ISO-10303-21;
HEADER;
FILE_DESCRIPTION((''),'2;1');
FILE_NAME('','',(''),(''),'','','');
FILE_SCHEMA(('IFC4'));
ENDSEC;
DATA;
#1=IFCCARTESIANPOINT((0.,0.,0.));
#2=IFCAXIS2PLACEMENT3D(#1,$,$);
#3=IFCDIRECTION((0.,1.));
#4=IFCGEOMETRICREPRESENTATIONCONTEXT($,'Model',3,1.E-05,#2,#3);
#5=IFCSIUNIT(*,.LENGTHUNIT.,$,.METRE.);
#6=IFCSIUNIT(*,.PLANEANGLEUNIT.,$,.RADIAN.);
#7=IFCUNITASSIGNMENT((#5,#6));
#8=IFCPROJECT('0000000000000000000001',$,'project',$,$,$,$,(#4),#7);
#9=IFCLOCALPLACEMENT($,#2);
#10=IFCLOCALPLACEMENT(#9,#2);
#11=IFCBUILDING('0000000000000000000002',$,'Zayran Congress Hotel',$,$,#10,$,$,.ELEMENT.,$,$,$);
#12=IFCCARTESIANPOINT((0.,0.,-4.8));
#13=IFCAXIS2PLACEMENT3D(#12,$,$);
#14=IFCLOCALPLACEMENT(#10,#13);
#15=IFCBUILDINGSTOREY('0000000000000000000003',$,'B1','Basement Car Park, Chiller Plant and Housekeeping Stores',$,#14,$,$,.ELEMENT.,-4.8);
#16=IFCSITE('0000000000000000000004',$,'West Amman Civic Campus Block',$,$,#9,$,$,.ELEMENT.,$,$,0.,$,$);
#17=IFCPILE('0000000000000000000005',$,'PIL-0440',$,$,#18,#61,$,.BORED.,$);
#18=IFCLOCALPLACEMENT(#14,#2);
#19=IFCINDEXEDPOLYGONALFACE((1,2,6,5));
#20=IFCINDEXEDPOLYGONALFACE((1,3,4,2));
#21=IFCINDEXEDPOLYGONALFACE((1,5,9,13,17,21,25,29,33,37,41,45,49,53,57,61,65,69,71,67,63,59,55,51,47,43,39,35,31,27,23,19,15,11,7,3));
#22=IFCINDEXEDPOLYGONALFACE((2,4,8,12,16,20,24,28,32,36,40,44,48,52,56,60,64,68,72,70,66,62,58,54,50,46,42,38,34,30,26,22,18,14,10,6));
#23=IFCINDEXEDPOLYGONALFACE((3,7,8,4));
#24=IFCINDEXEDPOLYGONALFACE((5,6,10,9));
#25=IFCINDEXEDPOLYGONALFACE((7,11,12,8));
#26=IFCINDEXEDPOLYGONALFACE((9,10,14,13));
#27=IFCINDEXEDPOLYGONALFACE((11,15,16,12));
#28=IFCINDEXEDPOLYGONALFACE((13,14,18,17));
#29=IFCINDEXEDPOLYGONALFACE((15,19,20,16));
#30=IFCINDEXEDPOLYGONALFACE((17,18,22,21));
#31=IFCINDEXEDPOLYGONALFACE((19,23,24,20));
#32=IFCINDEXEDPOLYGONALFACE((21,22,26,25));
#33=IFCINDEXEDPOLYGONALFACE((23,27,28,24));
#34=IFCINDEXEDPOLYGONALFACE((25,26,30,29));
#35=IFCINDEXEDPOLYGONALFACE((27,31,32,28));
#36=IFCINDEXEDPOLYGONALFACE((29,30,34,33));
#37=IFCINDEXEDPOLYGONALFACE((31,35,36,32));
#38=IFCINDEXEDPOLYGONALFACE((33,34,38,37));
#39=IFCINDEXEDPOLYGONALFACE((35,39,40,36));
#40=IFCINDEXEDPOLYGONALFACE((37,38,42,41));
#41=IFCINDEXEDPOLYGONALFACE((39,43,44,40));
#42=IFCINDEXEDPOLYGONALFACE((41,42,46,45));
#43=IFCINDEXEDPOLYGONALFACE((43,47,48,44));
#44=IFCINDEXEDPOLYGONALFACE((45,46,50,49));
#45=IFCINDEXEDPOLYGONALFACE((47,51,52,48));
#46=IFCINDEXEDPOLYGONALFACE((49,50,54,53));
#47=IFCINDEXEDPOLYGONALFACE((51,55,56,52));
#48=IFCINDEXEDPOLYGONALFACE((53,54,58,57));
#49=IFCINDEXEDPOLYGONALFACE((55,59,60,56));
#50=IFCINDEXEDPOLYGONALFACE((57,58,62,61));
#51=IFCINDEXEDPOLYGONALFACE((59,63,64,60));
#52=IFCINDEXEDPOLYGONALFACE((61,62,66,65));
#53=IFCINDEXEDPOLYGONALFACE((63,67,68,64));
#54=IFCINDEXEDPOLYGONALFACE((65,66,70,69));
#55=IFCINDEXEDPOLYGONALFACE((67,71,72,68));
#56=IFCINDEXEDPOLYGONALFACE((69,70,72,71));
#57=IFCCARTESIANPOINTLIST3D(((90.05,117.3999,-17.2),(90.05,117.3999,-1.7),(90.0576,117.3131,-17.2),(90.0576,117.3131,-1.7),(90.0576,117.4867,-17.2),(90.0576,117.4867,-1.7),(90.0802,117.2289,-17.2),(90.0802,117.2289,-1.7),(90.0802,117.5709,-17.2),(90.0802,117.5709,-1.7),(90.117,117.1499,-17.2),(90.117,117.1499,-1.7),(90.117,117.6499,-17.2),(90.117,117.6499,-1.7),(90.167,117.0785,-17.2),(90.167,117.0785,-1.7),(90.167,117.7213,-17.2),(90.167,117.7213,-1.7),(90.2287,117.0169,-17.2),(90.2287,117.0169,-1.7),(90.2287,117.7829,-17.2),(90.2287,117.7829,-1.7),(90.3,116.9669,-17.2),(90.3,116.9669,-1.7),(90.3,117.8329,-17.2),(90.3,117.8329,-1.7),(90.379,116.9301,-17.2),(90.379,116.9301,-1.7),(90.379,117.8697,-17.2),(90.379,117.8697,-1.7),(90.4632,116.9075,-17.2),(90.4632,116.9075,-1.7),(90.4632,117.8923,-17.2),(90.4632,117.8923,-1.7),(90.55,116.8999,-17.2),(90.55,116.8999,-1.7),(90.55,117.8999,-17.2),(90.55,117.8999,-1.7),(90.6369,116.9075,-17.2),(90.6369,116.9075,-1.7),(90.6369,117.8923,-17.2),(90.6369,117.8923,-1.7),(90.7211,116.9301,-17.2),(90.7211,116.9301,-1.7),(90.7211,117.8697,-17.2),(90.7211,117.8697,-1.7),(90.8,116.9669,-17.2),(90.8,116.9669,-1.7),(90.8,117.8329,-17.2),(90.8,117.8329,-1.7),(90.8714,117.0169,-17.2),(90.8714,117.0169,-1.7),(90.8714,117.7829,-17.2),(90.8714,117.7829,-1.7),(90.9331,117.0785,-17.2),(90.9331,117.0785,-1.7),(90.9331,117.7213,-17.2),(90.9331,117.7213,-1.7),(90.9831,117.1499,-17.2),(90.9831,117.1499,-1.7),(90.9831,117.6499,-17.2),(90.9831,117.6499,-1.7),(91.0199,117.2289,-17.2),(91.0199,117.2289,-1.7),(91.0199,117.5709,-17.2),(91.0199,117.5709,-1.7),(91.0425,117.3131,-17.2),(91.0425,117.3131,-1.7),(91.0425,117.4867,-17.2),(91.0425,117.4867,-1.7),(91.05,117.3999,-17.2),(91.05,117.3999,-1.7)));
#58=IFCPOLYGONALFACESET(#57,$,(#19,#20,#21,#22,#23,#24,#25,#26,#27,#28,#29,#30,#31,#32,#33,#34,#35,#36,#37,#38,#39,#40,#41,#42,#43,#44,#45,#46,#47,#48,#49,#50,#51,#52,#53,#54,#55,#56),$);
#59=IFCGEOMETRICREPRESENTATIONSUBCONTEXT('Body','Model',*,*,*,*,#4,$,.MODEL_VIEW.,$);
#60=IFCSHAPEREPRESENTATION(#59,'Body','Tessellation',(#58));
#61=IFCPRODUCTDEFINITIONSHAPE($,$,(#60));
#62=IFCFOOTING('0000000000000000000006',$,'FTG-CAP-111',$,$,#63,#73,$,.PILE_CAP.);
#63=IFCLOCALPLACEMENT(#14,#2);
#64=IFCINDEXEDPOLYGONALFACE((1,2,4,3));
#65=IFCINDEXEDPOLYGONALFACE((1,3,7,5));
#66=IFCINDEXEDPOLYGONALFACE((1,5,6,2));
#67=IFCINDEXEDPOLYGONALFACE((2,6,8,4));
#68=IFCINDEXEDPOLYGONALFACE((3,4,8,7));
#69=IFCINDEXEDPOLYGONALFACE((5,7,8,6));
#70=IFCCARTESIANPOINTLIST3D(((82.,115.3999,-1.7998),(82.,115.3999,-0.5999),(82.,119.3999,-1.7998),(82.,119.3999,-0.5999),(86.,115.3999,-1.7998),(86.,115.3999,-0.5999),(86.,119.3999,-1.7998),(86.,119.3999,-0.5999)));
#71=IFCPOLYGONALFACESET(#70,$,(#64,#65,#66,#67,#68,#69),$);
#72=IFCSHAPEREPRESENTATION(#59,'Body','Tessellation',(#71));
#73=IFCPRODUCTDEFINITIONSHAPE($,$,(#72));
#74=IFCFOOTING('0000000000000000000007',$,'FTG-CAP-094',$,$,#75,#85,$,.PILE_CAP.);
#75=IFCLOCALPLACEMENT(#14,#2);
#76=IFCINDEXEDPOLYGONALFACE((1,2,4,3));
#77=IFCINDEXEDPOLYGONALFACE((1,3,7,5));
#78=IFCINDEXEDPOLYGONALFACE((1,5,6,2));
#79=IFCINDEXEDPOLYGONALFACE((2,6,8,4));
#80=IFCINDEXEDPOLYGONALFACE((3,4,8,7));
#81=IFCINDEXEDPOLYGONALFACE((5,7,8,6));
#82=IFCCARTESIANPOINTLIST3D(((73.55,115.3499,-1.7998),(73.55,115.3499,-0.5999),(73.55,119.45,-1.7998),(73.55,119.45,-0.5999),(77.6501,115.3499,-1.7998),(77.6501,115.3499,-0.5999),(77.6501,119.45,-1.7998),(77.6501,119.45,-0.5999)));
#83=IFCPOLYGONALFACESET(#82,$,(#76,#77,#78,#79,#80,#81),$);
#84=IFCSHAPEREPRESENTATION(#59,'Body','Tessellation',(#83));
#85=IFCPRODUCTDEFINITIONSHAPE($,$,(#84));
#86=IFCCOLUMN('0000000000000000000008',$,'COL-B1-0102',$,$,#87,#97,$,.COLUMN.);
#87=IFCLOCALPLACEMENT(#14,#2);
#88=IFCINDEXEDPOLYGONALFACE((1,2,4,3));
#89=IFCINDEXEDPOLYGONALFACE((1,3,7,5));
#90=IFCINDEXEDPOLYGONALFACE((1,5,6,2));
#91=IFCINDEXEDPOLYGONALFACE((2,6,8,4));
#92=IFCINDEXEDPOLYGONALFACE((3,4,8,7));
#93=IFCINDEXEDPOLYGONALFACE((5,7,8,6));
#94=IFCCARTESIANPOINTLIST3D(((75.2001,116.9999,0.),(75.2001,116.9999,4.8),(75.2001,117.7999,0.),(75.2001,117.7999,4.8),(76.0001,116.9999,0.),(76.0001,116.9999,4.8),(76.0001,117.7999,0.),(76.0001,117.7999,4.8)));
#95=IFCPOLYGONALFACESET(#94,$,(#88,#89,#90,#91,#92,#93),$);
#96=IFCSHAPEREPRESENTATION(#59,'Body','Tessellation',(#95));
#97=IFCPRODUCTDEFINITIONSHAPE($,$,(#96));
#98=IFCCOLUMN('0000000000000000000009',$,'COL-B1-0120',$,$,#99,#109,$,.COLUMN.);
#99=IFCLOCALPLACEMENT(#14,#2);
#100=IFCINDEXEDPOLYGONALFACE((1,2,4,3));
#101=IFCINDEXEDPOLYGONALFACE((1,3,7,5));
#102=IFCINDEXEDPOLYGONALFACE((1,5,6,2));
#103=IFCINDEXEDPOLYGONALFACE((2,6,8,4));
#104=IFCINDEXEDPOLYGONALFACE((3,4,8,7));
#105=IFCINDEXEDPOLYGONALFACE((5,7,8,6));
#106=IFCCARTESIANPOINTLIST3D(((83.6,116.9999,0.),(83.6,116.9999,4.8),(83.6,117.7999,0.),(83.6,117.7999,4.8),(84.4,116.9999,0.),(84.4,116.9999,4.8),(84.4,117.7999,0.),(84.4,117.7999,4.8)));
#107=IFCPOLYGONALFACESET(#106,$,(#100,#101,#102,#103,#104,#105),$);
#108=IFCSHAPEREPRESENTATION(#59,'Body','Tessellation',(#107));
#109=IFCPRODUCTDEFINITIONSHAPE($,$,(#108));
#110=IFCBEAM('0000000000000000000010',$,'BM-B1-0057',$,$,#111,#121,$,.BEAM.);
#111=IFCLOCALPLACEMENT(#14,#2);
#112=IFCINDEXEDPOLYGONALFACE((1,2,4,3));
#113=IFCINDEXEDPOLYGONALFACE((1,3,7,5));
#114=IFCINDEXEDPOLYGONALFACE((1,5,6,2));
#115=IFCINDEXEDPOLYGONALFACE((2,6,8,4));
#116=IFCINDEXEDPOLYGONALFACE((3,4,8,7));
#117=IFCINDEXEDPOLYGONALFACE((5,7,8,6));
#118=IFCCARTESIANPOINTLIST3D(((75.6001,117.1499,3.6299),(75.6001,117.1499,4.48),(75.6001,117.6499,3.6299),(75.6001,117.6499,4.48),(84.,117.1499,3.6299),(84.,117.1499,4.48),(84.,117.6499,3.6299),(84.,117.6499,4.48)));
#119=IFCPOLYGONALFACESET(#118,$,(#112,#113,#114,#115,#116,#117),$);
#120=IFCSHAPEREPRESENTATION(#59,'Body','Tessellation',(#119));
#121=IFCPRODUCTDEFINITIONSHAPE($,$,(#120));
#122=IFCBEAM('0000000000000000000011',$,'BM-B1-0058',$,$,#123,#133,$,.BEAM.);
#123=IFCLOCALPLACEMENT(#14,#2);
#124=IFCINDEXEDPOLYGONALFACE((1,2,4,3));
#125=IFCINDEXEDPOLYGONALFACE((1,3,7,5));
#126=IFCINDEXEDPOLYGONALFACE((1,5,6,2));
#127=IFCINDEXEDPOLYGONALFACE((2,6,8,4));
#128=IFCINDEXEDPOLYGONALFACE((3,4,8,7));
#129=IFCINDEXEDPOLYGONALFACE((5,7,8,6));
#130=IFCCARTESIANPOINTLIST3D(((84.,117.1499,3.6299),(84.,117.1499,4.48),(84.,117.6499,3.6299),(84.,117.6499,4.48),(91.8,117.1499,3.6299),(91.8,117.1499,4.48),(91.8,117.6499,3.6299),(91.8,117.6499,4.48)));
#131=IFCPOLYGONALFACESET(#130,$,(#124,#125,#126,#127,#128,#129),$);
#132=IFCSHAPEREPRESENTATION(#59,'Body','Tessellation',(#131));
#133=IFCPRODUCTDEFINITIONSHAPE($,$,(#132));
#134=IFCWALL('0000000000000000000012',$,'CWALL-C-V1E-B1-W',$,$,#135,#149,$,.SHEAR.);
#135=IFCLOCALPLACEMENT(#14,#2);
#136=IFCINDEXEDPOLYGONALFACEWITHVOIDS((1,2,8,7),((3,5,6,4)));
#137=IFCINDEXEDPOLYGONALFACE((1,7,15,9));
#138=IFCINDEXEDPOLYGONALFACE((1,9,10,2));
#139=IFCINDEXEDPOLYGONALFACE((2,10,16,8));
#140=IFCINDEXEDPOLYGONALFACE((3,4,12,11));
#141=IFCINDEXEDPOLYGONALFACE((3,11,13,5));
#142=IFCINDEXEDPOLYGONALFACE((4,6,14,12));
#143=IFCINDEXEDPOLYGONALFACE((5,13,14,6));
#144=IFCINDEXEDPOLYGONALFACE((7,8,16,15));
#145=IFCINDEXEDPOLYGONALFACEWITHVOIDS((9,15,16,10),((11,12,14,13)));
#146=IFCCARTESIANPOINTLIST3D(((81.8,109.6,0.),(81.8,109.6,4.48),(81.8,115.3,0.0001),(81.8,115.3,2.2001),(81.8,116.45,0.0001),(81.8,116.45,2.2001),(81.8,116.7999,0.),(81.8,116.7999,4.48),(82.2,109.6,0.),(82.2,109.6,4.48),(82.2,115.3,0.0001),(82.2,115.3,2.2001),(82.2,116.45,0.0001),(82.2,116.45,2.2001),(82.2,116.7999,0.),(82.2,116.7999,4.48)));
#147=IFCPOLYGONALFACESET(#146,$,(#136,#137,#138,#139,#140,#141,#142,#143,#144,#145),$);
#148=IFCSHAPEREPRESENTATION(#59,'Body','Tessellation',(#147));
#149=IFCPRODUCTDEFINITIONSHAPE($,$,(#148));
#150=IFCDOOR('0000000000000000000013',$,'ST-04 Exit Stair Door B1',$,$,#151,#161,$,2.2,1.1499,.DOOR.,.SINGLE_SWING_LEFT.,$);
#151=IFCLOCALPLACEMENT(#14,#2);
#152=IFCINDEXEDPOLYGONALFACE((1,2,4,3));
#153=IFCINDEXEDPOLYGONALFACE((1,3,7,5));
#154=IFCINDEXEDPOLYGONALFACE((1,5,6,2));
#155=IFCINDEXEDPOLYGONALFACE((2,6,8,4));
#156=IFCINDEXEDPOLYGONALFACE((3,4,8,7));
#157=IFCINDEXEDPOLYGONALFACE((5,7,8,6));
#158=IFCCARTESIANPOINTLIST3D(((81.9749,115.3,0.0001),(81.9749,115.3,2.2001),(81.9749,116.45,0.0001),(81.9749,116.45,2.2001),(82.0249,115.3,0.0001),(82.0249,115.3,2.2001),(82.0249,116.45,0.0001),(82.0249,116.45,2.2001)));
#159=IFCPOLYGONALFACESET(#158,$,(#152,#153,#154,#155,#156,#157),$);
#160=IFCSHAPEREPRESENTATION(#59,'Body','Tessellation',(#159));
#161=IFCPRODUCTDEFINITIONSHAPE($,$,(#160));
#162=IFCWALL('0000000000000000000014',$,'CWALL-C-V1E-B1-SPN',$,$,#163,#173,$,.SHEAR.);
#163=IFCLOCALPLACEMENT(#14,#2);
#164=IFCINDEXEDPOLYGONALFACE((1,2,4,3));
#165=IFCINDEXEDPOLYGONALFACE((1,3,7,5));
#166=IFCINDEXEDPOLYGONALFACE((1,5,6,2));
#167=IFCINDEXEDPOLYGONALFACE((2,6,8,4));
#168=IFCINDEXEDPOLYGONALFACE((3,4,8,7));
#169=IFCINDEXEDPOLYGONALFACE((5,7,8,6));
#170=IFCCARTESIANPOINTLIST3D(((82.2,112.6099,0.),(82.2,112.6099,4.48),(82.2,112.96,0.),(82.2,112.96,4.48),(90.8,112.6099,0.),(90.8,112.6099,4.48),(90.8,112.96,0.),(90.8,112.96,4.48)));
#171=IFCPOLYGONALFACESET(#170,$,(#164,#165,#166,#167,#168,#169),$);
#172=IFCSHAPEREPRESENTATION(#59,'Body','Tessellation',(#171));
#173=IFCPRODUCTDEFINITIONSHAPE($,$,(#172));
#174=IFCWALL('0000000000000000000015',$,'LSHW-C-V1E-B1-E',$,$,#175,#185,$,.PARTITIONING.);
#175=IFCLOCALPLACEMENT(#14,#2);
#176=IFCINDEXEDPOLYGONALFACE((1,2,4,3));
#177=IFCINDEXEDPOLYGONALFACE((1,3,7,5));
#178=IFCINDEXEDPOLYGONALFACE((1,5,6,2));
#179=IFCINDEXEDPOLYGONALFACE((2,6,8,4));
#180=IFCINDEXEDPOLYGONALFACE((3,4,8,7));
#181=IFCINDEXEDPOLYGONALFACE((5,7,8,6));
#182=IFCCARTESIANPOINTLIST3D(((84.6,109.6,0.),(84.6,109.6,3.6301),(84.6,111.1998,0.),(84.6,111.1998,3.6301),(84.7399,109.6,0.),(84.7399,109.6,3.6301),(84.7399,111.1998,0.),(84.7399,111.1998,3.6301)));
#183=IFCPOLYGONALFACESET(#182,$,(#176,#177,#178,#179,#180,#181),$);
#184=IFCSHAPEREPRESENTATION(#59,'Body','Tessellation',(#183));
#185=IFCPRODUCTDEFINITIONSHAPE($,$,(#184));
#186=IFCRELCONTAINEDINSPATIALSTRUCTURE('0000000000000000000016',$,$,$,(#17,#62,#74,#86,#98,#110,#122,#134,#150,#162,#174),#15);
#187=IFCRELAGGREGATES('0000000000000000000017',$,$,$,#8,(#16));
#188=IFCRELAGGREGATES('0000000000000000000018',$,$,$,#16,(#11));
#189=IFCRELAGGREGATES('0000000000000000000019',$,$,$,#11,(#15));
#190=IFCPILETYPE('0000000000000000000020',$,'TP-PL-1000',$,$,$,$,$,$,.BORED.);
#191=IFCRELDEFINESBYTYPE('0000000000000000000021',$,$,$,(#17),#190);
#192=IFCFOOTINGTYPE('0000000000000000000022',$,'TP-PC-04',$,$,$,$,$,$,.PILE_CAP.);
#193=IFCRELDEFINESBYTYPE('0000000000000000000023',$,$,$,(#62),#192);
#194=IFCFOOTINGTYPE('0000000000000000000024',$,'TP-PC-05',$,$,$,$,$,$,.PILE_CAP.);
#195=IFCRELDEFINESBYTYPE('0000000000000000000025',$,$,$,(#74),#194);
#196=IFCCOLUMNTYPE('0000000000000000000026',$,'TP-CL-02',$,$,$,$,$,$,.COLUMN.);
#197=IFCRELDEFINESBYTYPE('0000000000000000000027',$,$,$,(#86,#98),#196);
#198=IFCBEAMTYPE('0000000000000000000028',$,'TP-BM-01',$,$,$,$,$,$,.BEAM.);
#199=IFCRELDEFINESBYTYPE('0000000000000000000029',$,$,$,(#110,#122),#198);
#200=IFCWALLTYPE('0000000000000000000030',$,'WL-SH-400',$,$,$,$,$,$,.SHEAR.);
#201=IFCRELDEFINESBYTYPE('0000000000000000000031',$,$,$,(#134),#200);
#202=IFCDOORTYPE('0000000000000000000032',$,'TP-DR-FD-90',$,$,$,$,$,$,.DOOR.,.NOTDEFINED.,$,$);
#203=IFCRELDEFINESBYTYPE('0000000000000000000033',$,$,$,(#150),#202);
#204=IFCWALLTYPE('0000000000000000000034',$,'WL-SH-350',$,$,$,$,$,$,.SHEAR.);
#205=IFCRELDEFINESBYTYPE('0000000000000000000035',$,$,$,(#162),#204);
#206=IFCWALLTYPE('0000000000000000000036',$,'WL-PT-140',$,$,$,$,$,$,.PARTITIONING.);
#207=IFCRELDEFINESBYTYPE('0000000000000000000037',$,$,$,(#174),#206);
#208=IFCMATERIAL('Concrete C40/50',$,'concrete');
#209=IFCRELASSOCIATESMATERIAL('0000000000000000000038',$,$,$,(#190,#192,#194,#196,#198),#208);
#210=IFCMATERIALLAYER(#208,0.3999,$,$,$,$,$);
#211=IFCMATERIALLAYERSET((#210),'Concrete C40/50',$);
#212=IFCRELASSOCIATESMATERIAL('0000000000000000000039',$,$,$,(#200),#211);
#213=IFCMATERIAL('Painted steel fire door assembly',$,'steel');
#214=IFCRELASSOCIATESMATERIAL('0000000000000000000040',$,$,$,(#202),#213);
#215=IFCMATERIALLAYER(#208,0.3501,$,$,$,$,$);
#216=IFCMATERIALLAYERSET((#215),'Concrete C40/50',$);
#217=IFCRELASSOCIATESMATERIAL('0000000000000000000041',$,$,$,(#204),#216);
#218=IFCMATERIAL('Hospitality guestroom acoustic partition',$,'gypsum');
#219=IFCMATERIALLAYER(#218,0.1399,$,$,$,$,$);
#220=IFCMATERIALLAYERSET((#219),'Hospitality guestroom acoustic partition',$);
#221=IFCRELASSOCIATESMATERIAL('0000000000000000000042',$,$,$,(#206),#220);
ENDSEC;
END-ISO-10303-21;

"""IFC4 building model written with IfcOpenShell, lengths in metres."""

from ifc_helpers import new_model, si_unit, direction, frame, frame_2d, origin, origin_2d, place, context, subcontext, project, spatial, rectangle, circle, extrude, material, layer, layer_set, material_profile, profile_set, type_object, element, fill, save


model = new_model("IFC4")

# Units and contexts
model_context = context("Model", 3, precision=1e-05, world=origin(), true_north=direction((0.0, 1.0)))
body_context = subcontext(model_context, "Body", "Model", "MODEL_VIEW")
ifc_project = project(units=[si_unit("LENGTHUNIT", "METRE"), si_unit("PLANEANGLEUNIT", "RADIAN")], contexts=[model_context])

# Site, building, storey
site_placement = place(None, origin())
site = spatial("IfcSite", under=ifc_project, at=site_placement, Name="West Amman Civic Campus Block", CompositionType="ELEMENT", RefElevation=0.0)
building_placement = place(site_placement, origin())
building = spatial("IfcBuilding", under=site, at=building_placement, Name="Zayran Congress Hotel", CompositionType="ELEMENT")
storey_placement = place(building_placement, frame((0.0, 0.0, -4.8)))
storey = spatial("IfcBuildingStorey", under=building, at=storey_placement, Name="B1", Description="Basement Car Park, Chiller Plant and Housekeeping Stores", CompositionType="ELEMENT", Elevation=-4.8)

# Pile
ifc_material_1 = material(Name="Concrete C40/50", Category="concrete")
ifc_material_profile_1 = material_profile(ifc_material_1, circle(Radius=0.5, at=origin_2d()), Name="PILE D1000")
ifc_profile_set_1 = profile_set([ifc_material_profile_1], Name="Concrete C40/50")
pile_type = type_object("IfcPileType", Name="TP-PL-1000", PredefinedType="BORED", material=ifc_profile_set_1)
for number, where, z_axis, x_axis, name in (
    (1, (90.55, 117.3999, -1.7), (0.0, 0.0, -1.0), (1.0, 0.0, 0.0), "PIL-0440"),
):
    element("IfcPile", number, at=place(storey_placement, frame(where, z_axis=z_axis, x_axis=x_axis)), inside=storey, type_object=pile_type, Name=name, PredefinedType="BORED", context=body_context, shape_type="SweptSolid", body=[
        extrude(circle(Radius=0.5, at=origin_2d()), origin(), (0.0, 0.0, 1.0), 15.5),
    ])

# Footings
footing_type_1 = type_object("IfcFootingType", Name="TP-PC-04", PredefinedType="PILE_CAP", material=ifc_material_1)
footing_1_placement = place(storey_placement, frame((84.0, 117.3999, -1.7998), z_axis=(0.0, 0.0, 1.0), x_axis=(1.0, 0.0, 0.0)))
element("IfcFooting", 2, at=footing_1_placement, inside=storey, type_object=footing_type_1, Name="FTG-CAP-111", PredefinedType="PILE_CAP", context=body_context, shape_type="SweptSolid", body=[
    extrude(rectangle(XDim=4.0, YDim=4.0, at=origin_2d()), origin(), (0.0, 0.0, 1.0), 1.2),
])
footing_type_2 = type_object("IfcFootingType", Name="TP-PC-05", PredefinedType="PILE_CAP", material=ifc_material_1)
footing_2_placement = place(storey_placement, frame((75.6001, 117.3999, -1.7998), z_axis=(0.0, 0.0, 1.0), x_axis=(1.0, 0.0, 0.0)))
element("IfcFooting", 3, at=footing_2_placement, inside=storey, type_object=footing_type_2, Name="FTG-CAP-094", PredefinedType="PILE_CAP", context=body_context, shape_type="SweptSolid", body=[
    extrude(rectangle(XDim=4.1001, YDim=4.1001, at=origin_2d()), origin(), (0.0, 0.0, 1.0), 1.2),
])

# Columns
ifc_material_profile_2 = material_profile(ifc_material_1, rectangle(XDim=0.8, YDim=0.8, at=origin_2d()), Name="RC 800x800")
ifc_profile_set_2 = profile_set([ifc_material_profile_2], Name="Concrete C40/50")
column_type = type_object("IfcColumnType", Name="TP-CL-02", PredefinedType="COLUMN", material=ifc_profile_set_2)
for number, where, z_axis, x_axis, name in (
    (4, (75.6001, 117.3999, 0.0), (0.0, 0.0, 1.0), (1.0, 0.0, 0.0), "COL-B1-0102"),
    (5, (84.0, 117.3999, 0.0), (0.0, 0.0, 1.0), (1.0, 0.0, 0.0), "COL-B1-0120"),
):
    element("IfcColumn", number, at=place(storey_placement, frame(where, z_axis=z_axis, x_axis=x_axis)), inside=storey, type_object=column_type, Name=name, PredefinedType="COLUMN", context=body_context, shape_type="SweptSolid", body=[
        extrude(rectangle(XDim=0.8, YDim=0.8, at=origin_2d()), origin(), (0.0, 0.0, 1.0), 4.8),
    ])

# Beams
ifc_material_profile_3 = material_profile(ifc_material_1, rectangle(XDim=0.5, YDim=0.8501, at=origin_2d()), Name="RC 500x850")
ifc_profile_set_3 = profile_set([ifc_material_profile_3], Name="Concrete C40/50")
beam_type = type_object("IfcBeamType", Name="TP-BM-01", PredefinedType="BEAM", material=ifc_profile_set_3)
beam_1_placement = place(storey_placement, frame((75.6001, 117.3999, 4.0549), z_axis=(1.0, 0.0, 0.0), x_axis=(0.0, 1.0, 0.0)))
element("IfcBeam", 6, at=beam_1_placement, inside=storey, type_object=beam_type, Name="BM-B1-0057", PredefinedType="BEAM", context=body_context, shape_type="SweptSolid", body=[
    extrude(rectangle(XDim=0.5, YDim=0.8501, at=origin_2d()), origin(), (0.0, 0.0, 1.0), 8.3999),
])
beam_2_placement = place(storey_placement, frame((84.0, 117.3999, 4.0549), z_axis=(1.0, 0.0, 0.0), x_axis=(0.0, 1.0, 0.0)))
element("IfcBeam", 7, at=beam_2_placement, inside=storey, type_object=beam_type, Name="BM-B1-0058", PredefinedType="BEAM", context=body_context, shape_type="SweptSolid", body=[
    extrude(rectangle(XDim=0.5, YDim=0.8501, at=origin_2d()), origin(), (0.0, 0.0, 1.0), 7.8),
])

# Wall, opening, door
ifc_layer_1 = layer(ifc_material_1, 0.3999)
ifc_layer_set_1 = layer_set([ifc_layer_1], Name="Concrete C40/50")
wall_type_1 = type_object("IfcWallType", Name="WL-SH-400", PredefinedType="SHEAR", material=ifc_layer_set_1)
wall_1_placement = place(storey_placement, frame((82.0, 116.8, 0.0), z_axis=(0.0, 0.0, 1.0), x_axis=(0.0, -1.0, 0.0)))
wall_1 = element("IfcWall", 8, at=wall_1_placement, inside=storey, type_object=wall_type_1, Name="CWALL-C-V1E-B1-W", PredefinedType="SHEAR", context=body_context, shape_type="SweptSolid", body=[
    extrude(rectangle(XDim=7.2, YDim=0.3999, at=frame_2d((3.6001, 0.0))), origin(), (0.0, 0.0, 1.0), 4.48),
])
opening_placement = place(wall_1_placement, frame((0.3501, 0.0, 0.0)))
opening = element("IfcOpeningElement", 9, at=opening_placement, cuts=wall_1, PredefinedType="OPENING", context=body_context, shape_type="SweptSolid", body=[
    extrude(rectangle(XDim=1.1499, YDim=2.2, at=frame_2d((0.575, 1.1001))), frame((0.0, 0.21, 0.0), z_axis=(0.0, -1.0, 0.0), x_axis=(1.0, 0.0, 0.0)), (0.0, 0.0, 1.0), 0.4199),
])
ifc_material_2 = material(Name="Painted steel fire door assembly", Category="steel")
door_type = type_object("IfcDoorType", Name="TP-DR-FD-90", OperationType="NOTDEFINED", PredefinedType="DOOR", material=ifc_material_2)
door_placement = place(opening_placement, origin())
door = element("IfcDoor", 10, at=door_placement, inside=storey, type_object=door_type, Name="ST-04 Exit Stair Door B1", OperationType="SINGLE_SWING_LEFT", OverallHeight=2.2, OverallWidth=1.1499, PredefinedType="DOOR", context=body_context, shape_type="SweptSolid", body=[
    extrude(rectangle(XDim=1.1499, YDim=2.2, at=frame_2d((0.575, 1.1001))), frame((0.0, 0.0249, 0.0), z_axis=(0.0, -1.0, 0.0), x_axis=(1.0, 0.0, 0.0)), (0.0, 0.0, 1.0), 0.05),
])
fill(opening, door)

# Walls
ifc_layer_2 = layer(ifc_material_1, 0.3501)
ifc_layer_set_2 = layer_set([ifc_layer_2], Name="Concrete C40/50")
wall_type_2 = type_object("IfcWallType", Name="WL-SH-350", PredefinedType="SHEAR", material=ifc_layer_set_2)
wall_2_placement = place(storey_placement, frame((82.2, 112.7849, 0.0), z_axis=(0.0, 0.0, 1.0), x_axis=(1.0, 0.0, 0.0)))
element("IfcWall", 11, at=wall_2_placement, inside=storey, type_object=wall_type_2, Name="CWALL-C-V1E-B1-SPN", PredefinedType="SHEAR", context=body_context, shape_type="SweptSolid", body=[
    extrude(rectangle(XDim=8.6001, YDim=0.3501, at=frame_2d((4.3, 0.0))), origin(), (0.0, 0.0, 1.0), 4.48),
])
ifc_material_3 = material(Name="Hospitality guestroom acoustic partition", Category="gypsum")
ifc_layer_3 = layer(ifc_material_3, 0.1399)
ifc_layer_set_3 = layer_set([ifc_layer_3], Name="Hospitality guestroom acoustic partition")
wall_type_3 = type_object("IfcWallType", Name="WL-PT-140", PredefinedType="PARTITIONING", material=ifc_layer_set_3)
wall_3_placement = place(storey_placement, frame((84.6699, 109.6001, 0.0), z_axis=(0.0, 0.0, 1.0), x_axis=(0.0, 1.0, 0.0)))
element("IfcWall", 12, at=wall_3_placement, inside=storey, type_object=wall_type_3, Name="LSHW-C-V1E-B1-E", PredefinedType="PARTITIONING", context=body_context, shape_type="SweptSolid", body=[
    extrude(rectangle(XDim=1.5999, YDim=0.1399, at=frame_2d((0.7998, 0.0))), origin(), (0.0, 0.0, 1.0), 3.6301),
])

save(model, "model.ifc")
